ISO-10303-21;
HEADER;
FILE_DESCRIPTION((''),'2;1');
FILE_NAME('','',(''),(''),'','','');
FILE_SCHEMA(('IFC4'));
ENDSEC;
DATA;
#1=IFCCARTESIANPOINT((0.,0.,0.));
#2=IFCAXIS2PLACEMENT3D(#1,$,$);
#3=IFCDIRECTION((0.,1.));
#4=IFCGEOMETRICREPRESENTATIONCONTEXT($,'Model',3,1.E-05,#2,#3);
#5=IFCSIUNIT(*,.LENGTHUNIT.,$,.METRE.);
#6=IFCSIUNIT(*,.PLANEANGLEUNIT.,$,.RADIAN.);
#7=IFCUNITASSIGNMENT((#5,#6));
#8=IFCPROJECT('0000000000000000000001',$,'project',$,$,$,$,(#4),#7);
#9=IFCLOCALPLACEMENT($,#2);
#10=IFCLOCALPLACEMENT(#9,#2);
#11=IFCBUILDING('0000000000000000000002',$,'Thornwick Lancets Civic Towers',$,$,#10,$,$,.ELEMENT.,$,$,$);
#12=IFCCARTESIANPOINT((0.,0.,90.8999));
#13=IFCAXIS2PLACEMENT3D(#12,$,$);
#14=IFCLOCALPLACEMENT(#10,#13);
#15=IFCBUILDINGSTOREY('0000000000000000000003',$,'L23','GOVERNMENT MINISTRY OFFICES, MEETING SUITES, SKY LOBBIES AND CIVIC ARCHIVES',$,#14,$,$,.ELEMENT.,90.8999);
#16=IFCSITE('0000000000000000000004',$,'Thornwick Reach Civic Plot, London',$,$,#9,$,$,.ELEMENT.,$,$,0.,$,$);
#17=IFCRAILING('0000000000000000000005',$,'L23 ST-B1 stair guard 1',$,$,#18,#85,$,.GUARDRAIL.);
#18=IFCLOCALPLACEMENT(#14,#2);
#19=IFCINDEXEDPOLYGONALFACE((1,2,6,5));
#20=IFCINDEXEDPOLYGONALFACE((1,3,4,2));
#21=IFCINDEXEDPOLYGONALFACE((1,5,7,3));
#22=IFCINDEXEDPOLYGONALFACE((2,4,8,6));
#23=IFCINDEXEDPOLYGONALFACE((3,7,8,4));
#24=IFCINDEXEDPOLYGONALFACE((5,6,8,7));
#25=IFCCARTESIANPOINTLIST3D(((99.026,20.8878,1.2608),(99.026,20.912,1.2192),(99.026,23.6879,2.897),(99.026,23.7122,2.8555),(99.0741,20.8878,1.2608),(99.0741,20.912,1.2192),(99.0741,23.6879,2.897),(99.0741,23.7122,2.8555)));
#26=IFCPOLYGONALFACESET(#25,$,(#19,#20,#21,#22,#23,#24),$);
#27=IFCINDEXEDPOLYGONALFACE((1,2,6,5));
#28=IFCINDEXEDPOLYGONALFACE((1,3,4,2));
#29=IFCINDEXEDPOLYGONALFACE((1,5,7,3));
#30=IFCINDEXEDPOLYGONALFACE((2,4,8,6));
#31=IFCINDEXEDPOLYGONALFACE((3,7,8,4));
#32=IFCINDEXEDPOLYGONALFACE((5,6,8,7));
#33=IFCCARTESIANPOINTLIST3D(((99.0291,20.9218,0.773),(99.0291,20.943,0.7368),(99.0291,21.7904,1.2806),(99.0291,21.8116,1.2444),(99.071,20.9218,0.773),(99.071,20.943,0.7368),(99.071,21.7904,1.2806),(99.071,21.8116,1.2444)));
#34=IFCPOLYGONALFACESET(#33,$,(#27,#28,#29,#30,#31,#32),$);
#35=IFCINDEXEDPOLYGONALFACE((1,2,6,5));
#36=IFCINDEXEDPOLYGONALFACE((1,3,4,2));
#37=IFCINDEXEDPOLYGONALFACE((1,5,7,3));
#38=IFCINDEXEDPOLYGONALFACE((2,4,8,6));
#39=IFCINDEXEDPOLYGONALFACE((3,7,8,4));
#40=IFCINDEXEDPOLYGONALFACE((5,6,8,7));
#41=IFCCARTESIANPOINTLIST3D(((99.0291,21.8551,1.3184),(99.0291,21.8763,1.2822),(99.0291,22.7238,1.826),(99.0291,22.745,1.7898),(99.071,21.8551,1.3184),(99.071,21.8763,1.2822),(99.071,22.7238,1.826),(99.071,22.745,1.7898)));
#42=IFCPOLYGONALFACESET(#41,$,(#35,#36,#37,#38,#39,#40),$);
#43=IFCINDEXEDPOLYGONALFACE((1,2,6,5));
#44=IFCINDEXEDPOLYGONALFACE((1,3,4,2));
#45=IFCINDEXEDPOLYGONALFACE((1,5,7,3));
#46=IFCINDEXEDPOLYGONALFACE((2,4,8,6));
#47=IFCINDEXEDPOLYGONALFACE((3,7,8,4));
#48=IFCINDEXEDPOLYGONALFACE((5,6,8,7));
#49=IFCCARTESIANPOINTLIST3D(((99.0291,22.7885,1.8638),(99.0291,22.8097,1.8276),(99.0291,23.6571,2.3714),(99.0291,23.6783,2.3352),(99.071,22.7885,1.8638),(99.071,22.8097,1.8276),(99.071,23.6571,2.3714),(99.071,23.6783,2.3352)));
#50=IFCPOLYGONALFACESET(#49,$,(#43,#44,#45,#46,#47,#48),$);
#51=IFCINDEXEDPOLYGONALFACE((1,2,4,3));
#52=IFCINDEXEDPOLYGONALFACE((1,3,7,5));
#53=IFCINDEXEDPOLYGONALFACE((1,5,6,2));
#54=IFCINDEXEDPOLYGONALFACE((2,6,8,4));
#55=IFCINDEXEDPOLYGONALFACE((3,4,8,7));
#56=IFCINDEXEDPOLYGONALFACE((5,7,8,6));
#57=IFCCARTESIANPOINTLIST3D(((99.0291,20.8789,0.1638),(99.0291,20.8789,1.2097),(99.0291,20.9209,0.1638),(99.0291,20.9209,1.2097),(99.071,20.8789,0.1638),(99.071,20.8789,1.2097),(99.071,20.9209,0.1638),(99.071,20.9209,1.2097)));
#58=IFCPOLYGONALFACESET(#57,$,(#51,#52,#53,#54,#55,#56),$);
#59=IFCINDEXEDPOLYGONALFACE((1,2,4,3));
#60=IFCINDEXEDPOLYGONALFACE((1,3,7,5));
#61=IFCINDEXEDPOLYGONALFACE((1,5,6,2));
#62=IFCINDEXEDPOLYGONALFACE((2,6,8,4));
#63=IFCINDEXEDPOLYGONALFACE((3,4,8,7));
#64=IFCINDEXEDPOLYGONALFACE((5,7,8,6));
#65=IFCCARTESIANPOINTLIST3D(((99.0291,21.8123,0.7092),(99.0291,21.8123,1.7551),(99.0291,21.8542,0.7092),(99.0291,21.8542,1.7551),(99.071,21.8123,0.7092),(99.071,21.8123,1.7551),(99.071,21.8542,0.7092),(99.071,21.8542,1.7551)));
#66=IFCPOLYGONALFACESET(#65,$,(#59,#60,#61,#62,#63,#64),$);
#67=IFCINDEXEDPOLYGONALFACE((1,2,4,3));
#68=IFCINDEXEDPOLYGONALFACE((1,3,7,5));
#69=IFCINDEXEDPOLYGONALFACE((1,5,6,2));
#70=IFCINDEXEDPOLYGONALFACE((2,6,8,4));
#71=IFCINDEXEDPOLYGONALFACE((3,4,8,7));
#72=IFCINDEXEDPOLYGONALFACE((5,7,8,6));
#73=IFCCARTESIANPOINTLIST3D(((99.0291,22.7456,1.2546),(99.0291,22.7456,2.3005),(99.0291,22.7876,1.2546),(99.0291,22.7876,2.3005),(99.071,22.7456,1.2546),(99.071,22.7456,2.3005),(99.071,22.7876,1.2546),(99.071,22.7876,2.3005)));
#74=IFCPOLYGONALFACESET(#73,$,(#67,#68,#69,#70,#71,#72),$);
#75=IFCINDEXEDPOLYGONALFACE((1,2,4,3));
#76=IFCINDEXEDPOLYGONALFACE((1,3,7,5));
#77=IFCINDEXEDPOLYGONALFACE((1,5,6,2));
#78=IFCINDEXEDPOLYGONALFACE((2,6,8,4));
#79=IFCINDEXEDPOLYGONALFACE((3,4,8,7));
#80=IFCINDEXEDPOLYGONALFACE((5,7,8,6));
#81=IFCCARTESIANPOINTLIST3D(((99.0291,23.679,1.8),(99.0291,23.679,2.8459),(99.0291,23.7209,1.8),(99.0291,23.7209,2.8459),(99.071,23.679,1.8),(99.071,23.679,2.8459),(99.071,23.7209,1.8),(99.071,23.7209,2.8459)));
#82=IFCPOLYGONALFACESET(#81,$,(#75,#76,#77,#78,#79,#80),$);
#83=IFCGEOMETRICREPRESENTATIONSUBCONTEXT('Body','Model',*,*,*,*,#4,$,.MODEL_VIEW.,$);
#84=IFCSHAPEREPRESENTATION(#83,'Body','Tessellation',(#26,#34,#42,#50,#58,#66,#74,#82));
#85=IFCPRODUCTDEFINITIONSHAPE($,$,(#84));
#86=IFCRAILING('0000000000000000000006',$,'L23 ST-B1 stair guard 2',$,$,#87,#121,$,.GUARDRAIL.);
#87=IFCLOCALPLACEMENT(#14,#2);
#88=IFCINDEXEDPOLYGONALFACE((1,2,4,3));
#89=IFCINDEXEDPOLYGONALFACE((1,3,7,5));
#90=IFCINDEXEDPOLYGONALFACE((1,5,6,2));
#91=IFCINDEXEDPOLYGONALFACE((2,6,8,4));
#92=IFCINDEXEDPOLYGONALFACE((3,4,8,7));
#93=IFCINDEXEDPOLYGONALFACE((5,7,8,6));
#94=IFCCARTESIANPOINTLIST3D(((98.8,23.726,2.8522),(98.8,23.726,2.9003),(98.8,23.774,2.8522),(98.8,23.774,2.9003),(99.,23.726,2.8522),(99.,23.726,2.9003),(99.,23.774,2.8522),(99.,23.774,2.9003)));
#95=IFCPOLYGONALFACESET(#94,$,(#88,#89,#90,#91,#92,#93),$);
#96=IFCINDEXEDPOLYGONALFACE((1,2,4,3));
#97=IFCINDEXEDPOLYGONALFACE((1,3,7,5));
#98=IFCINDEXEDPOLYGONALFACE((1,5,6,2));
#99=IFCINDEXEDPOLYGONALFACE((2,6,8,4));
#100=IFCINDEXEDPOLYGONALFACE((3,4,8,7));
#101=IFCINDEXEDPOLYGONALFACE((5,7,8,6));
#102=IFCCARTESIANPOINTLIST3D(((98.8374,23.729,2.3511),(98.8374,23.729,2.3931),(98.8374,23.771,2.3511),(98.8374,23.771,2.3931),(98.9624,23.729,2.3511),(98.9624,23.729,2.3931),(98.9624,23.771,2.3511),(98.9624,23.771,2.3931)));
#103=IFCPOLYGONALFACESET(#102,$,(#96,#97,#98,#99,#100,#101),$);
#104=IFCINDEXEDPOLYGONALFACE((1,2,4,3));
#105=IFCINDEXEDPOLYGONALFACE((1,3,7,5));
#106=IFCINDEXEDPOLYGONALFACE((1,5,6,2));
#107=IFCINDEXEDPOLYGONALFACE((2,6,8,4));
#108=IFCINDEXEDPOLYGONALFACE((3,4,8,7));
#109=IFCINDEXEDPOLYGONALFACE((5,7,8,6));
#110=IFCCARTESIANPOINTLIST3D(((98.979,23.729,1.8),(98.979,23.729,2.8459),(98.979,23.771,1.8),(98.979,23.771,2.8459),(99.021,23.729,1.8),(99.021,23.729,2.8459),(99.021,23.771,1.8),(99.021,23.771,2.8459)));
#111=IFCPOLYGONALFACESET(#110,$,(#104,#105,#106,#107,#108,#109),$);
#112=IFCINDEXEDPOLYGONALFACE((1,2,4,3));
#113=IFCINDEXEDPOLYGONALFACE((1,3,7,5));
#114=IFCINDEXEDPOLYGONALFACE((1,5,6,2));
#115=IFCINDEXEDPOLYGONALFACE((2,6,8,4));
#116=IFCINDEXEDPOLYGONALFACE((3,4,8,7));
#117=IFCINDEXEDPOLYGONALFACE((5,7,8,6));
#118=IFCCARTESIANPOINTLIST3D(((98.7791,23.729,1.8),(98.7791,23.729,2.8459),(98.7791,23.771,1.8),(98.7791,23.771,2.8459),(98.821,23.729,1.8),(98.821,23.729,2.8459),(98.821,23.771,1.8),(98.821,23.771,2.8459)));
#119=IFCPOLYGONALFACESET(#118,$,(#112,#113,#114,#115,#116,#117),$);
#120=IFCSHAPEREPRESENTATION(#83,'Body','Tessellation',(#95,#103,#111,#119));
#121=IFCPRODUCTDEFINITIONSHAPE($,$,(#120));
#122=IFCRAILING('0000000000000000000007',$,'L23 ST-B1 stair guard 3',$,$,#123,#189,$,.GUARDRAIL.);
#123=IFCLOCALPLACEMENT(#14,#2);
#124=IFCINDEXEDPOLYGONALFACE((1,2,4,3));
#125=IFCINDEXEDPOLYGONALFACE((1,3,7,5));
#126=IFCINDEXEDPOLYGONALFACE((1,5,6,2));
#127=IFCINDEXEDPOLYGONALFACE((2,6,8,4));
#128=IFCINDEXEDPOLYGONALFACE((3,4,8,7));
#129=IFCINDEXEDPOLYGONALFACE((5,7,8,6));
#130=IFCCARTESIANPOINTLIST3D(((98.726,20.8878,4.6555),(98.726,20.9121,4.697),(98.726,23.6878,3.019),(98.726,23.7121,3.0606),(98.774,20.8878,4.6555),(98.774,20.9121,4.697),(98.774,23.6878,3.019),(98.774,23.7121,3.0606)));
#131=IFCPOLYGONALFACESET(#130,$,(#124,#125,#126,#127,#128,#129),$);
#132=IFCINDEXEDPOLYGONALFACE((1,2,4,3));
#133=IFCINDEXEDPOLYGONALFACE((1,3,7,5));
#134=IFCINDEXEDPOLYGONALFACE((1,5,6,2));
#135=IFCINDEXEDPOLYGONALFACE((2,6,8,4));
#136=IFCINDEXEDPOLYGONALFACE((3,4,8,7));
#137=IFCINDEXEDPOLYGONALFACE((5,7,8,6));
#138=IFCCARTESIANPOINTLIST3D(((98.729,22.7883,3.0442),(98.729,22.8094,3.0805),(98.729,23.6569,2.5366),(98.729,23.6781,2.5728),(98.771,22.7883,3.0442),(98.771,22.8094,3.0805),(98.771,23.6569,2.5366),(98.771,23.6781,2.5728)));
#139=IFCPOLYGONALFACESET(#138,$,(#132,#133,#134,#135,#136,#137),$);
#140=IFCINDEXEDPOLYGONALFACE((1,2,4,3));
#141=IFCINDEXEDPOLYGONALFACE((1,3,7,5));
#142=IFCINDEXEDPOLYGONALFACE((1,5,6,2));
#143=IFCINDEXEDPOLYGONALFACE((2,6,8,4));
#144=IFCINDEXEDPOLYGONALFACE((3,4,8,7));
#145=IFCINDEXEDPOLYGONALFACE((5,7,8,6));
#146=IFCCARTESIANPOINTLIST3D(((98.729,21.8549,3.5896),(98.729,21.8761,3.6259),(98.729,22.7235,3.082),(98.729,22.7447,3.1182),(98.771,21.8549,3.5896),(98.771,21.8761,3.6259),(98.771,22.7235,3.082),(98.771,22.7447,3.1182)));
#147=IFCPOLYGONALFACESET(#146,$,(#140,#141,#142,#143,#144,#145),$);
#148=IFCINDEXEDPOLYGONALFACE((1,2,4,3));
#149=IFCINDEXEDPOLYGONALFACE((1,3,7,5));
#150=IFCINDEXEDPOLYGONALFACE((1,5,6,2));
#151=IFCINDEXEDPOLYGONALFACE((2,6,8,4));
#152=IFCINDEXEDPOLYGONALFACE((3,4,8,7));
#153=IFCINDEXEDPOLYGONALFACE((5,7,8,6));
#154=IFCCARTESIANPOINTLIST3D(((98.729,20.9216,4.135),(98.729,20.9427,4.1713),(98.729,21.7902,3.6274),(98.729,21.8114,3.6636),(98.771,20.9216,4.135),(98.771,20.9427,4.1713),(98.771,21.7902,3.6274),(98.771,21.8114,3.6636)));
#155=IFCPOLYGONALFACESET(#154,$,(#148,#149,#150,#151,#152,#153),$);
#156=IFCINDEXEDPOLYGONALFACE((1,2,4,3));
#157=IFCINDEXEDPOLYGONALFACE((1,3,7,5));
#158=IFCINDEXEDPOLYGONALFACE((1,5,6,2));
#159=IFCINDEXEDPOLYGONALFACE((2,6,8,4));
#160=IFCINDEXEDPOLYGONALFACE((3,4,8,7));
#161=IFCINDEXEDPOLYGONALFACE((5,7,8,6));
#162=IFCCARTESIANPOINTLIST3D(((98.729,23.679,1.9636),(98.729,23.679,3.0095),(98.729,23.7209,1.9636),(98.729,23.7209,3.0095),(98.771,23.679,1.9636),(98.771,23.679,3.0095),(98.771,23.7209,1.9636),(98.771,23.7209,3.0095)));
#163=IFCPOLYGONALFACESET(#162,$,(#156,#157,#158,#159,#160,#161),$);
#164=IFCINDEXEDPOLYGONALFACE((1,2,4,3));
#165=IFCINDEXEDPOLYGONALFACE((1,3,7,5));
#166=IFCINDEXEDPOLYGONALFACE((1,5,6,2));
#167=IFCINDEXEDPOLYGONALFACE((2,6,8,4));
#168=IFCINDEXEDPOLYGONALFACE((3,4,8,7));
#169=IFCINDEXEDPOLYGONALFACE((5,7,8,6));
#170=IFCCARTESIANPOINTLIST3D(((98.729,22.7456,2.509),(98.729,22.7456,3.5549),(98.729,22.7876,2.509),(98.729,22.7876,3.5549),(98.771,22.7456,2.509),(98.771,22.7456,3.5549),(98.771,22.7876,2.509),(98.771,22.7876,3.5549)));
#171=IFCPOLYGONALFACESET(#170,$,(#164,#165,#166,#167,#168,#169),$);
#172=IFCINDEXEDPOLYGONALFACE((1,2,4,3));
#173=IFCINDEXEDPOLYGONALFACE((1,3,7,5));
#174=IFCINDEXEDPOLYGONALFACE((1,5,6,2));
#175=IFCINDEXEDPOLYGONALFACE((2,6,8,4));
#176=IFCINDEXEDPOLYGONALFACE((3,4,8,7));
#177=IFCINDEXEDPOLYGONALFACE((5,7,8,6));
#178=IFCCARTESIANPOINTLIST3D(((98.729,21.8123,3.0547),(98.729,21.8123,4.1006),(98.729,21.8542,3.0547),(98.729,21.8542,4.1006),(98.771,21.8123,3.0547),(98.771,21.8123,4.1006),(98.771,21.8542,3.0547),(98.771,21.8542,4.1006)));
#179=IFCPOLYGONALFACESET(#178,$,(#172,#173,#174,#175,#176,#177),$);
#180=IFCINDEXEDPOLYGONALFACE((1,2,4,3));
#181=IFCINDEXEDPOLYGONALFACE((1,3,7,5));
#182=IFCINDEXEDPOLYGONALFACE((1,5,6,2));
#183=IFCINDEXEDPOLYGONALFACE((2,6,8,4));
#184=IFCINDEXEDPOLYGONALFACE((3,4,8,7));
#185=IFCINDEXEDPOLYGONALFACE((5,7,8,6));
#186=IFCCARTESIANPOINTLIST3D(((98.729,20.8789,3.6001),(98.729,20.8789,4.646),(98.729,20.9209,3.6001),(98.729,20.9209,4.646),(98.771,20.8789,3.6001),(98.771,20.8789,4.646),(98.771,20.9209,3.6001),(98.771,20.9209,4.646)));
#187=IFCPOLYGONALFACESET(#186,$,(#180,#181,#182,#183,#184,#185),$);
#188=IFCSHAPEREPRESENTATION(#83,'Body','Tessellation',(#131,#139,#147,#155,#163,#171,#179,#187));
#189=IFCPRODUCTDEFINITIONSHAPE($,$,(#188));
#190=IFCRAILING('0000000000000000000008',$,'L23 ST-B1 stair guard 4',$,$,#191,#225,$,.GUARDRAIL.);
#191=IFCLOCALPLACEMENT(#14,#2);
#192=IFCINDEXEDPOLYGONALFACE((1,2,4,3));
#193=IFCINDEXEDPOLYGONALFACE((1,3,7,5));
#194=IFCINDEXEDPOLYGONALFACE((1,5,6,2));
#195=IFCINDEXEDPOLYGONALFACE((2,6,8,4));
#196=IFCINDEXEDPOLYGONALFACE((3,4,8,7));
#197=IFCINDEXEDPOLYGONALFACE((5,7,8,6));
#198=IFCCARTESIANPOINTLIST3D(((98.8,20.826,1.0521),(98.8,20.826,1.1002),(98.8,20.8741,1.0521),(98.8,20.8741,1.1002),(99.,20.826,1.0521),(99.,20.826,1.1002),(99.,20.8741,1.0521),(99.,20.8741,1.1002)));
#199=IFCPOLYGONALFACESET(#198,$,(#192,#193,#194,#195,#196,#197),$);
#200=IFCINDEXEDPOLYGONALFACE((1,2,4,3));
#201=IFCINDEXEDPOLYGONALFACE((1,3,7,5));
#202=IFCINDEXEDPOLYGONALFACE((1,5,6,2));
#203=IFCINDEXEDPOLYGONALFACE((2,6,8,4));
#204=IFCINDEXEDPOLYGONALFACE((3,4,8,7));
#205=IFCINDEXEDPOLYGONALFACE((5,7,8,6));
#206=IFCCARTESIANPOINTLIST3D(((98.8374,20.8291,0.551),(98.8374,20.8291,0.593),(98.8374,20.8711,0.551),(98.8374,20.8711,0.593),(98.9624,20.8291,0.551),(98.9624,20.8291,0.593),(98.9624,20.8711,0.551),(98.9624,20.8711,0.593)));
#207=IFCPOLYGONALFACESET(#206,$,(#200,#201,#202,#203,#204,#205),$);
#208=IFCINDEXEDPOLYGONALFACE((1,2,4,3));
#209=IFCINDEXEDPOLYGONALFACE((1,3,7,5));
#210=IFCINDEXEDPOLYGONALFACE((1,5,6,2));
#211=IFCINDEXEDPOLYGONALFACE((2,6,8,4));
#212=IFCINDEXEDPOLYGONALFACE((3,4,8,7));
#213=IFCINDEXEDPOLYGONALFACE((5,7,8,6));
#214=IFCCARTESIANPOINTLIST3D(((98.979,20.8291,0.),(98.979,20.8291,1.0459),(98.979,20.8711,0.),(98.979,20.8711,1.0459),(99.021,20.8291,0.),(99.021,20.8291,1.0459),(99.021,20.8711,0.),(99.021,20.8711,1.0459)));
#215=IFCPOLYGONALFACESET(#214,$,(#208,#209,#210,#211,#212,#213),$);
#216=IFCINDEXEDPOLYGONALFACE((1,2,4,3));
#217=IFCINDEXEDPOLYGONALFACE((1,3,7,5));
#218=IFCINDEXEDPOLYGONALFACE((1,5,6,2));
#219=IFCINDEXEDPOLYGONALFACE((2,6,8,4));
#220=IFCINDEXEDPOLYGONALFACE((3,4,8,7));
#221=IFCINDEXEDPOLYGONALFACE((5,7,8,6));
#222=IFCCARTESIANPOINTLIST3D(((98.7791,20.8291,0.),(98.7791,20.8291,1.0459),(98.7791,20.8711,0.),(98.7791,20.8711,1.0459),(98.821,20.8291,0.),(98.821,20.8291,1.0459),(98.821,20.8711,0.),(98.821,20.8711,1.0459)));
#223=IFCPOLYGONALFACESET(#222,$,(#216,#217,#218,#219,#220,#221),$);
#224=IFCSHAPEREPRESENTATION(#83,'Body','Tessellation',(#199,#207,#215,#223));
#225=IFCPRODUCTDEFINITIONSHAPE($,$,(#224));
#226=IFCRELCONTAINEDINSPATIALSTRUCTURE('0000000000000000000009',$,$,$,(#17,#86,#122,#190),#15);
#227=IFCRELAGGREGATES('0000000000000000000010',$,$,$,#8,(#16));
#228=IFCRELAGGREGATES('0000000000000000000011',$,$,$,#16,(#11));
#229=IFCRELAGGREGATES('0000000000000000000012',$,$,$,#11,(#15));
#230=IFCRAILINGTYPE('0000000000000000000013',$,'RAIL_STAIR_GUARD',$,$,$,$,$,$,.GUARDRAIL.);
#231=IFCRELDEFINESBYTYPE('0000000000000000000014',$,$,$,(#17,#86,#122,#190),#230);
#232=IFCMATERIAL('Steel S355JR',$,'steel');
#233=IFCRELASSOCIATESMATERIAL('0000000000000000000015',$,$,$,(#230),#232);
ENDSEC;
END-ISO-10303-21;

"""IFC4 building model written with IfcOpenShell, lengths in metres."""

from ifc_helpers import new_model, si_unit, direction, frame, origin, origin_2d, place, context, subcontext, project, spatial, rectangle, extrude, material, type_object, element, save


model = new_model("IFC4")

# Units and contexts
model_context = context("Model", 3, precision=1e-05, world=origin(), true_north=direction((0.0, 1.0)))
body_context = subcontext(model_context, "Body", "Model", "MODEL_VIEW")
ifc_project = project(units=[si_unit("LENGTHUNIT", "METRE"), si_unit("PLANEANGLEUNIT", "RADIAN")], contexts=[model_context])

# Site, building, storey
site_placement = place(None, origin())
site = spatial("IfcSite", under=ifc_project, at=site_placement, Name="Thornwick Reach Civic Plot, London", CompositionType="ELEMENT", RefElevation=0.0)
building_placement = place(site_placement, origin())
building = spatial("IfcBuilding", under=site, at=building_placement, Name="Thornwick Lancets Civic Towers", CompositionType="ELEMENT")
storey_placement = place(building_placement, frame((0.0, 0.0, 90.8999)))
storey = spatial("IfcBuildingStorey", under=building, at=storey_placement, Name="L23", Description="GOVERNMENT MINISTRY OFFICES, MEETING SUITES, SKY LOBBIES AND CIVIC ARCHIVES", CompositionType="ELEMENT", Elevation=90.8999)

# Shared definitions
ifc_material_1 = material(Name="Steel S355JR", Category="steel")

# Railings
railing_type_1 = type_object("IfcRailingType", Name="RAIL_STAIR_GUARD", PredefinedType="GUARDRAIL", material=ifc_material_1)
railing_1_placement = place(storey_placement, frame((99.05, 20.8999, 0.1638)))
element("IfcRailing", 1, at=railing_1_placement, inside=storey, type_object=railing_type_1, Name="L23 ST-B1 stair guard 1", PredefinedType="GUARDRAIL", context=body_context, shape_type="SweptSolid", body=[
    extrude(rectangle(XDim=0.0481, YDim=0.0481, at=origin_2d()), frame((0.0, 0.0, 1.0762), z_axis=(0.0, 0.863394, 0.504531), x_axis=(-1.0, 0.0, 0.0)), (0.0, 0.0, 1.0), 3.2432),
    extrude(rectangle(XDim=0.042, YDim=0.042, at=origin_2d()), frame((0.0, 0.0325, 0.5911), z_axis=(0.0, 0.863394, 0.504531), x_axis=(-1.0, 0.0, 0.0)), (0.0, 0.0, 1.0), 1.0061),
    extrude(rectangle(XDim=0.042, YDim=0.042, at=origin_2d()), frame((0.0, 0.9658, 1.1365), z_axis=(0.0, 0.863394, 0.504531), x_axis=(-1.0, 0.0, 0.0)), (0.0, 0.0, 1.0), 1.0061),
    extrude(rectangle(XDim=0.042, YDim=0.042, at=origin_2d()), frame((0.0, 1.8992, 1.6819), z_axis=(0.0, 0.863394, 0.504531), x_axis=(-1.0, 0.0, 0.0)), (0.0, 0.0, 1.0), 1.0061),
    extrude(rectangle(XDim=0.042, YDim=0.042, at=origin_2d()), origin(), (0.0, 0.0, 1.0), 1.0459),
    extrude(rectangle(XDim=0.042, YDim=0.042, at=origin_2d()), frame((0.0, 0.9333, 0.5454)), (0.0, 0.0, 1.0), 1.0459),
    extrude(rectangle(XDim=0.042, YDim=0.042, at=origin_2d()), frame((0.0, 1.8667, 1.0908)), (0.0, 0.0, 1.0), 1.0459),
    extrude(rectangle(XDim=0.042, YDim=0.042, at=origin_2d()), frame((0.0, 2.8, 1.6362)), (0.0, 0.0, 1.0), 1.0459),
])
railing_2_placement = place(storey_placement, frame((99.0, 23.75, 1.8)))
element("IfcRailing", 2, at=railing_2_placement, inside=storey, type_object=railing_type_1, Name="L23 ST-B1 stair guard 2", PredefinedType="GUARDRAIL", context=body_context, shape_type="SweptSolid", body=[
    extrude(rectangle(XDim=0.0481, YDim=0.0481, at=origin_2d()), frame((0.0, 0.0, 1.0762), z_axis=(-1.0, 0.0, 0.0), x_axis=(0.0, -1.0, 0.0)), (0.0, 0.0, 1.0), 0.2),
    extrude(rectangle(XDim=0.042, YDim=0.042, at=origin_2d()), frame((-0.0376, 0.0, 0.572), z_axis=(-1.0, 0.0, 0.0), x_axis=(0.0, -1.0, 0.0)), (0.0, 0.0, 1.0), 0.125),
    extrude(rectangle(XDim=0.042, YDim=0.042, at=origin_2d()), origin(), (0.0, 0.0, 1.0), 1.0459),
    extrude(rectangle(XDim=0.042, YDim=0.042, at=origin_2d()), frame((-0.2, 0.0, 0.0)), (0.0, 0.0, 1.0), 1.0459),
])
railing_3_placement = place(storey_placement, frame((98.75, 23.7, 1.9636)))
element("IfcRailing", 3, at=railing_3_placement, inside=storey, type_object=railing_type_1, Name="L23 ST-B1 stair guard 3", PredefinedType="GUARDRAIL", context=body_context, shape_type="SweptSolid", body=[
    extrude(rectangle(XDim=0.0481, YDim=0.0481, at=origin_2d()), frame((0.0, 0.0, 1.0762), z_axis=(0.0, -0.863361, 0.504587), x_axis=(1.0, 0.0, 0.0)), (0.0, 0.0, 1.0), 3.2432),
    extrude(rectangle(XDim=0.042, YDim=0.042, at=origin_2d()), frame((0.0, -0.0325, 0.5911), z_axis=(0.0, -0.863361, 0.504587), x_axis=(1.0, 0.0, 0.0)), (0.0, 0.0, 1.0), 1.0061),
    extrude(rectangle(XDim=0.042, YDim=0.042, at=origin_2d()), frame((0.0, -0.9658, 1.1365), z_axis=(0.0, -0.863361, 0.504587), x_axis=(1.0, 0.0, 0.0)), (0.0, 0.0, 1.0), 1.0061),
    extrude(rectangle(XDim=0.042, YDim=0.042, at=origin_2d()), frame((0.0, -1.8992, 1.6819), z_axis=(0.0, -0.863361, 0.504587), x_axis=(1.0, 0.0, 0.0)), (0.0, 0.0, 1.0), 1.0061),
    extrude(rectangle(XDim=0.042, YDim=0.042, at=origin_2d()), origin(), (0.0, 0.0, 1.0), 1.0459),
    extrude(rectangle(XDim=0.042, YDim=0.042, at=origin_2d()), frame((0.0, -0.9333, 0.5454)), (0.0, 0.0, 1.0), 1.0459),
    extrude(rectangle(XDim=0.042, YDim=0.042, at=origin_2d()), frame((0.0, -1.8667, 1.0911)), (0.0, 0.0, 1.0), 1.0459),
    extrude(rectangle(XDim=0.042, YDim=0.042, at=origin_2d()), frame((0.0, -2.8, 1.6365)), (0.0, 0.0, 1.0), 1.0459),
])
railing_4_placement = place(storey_placement, frame((99.0, 20.8501, 0.0)))
element("IfcRailing", 4, at=railing_4_placement, inside=storey, type_object=railing_type_1, Name="L23 ST-B1 stair guard 4", PredefinedType="GUARDRAIL", context=body_context, shape_type="SweptSolid", body=[
    extrude(rectangle(XDim=0.0481, YDim=0.0481, at=origin_2d()), frame((0.0, 0.0, 1.0762), z_axis=(-1.0, 0.0, 0.0), x_axis=(0.0, -1.0, 0.0)), (0.0, 0.0, 1.0), 0.2),
    extrude(rectangle(XDim=0.042, YDim=0.042, at=origin_2d()), frame((-0.0376, 0.0, 0.572), z_axis=(-1.0, 0.0, 0.0), x_axis=(0.0, -1.0, 0.0)), (0.0, 0.0, 1.0), 0.125),
    extrude(rectangle(XDim=0.042, YDim=0.042, at=origin_2d()), origin(), (0.0, 0.0, 1.0), 1.0459),
    extrude(rectangle(XDim=0.042, YDim=0.042, at=origin_2d()), frame((-0.2, 0.0, 0.0)), (0.0, 0.0, 1.0), 1.0459),
])

save(model, "model.ifc")
